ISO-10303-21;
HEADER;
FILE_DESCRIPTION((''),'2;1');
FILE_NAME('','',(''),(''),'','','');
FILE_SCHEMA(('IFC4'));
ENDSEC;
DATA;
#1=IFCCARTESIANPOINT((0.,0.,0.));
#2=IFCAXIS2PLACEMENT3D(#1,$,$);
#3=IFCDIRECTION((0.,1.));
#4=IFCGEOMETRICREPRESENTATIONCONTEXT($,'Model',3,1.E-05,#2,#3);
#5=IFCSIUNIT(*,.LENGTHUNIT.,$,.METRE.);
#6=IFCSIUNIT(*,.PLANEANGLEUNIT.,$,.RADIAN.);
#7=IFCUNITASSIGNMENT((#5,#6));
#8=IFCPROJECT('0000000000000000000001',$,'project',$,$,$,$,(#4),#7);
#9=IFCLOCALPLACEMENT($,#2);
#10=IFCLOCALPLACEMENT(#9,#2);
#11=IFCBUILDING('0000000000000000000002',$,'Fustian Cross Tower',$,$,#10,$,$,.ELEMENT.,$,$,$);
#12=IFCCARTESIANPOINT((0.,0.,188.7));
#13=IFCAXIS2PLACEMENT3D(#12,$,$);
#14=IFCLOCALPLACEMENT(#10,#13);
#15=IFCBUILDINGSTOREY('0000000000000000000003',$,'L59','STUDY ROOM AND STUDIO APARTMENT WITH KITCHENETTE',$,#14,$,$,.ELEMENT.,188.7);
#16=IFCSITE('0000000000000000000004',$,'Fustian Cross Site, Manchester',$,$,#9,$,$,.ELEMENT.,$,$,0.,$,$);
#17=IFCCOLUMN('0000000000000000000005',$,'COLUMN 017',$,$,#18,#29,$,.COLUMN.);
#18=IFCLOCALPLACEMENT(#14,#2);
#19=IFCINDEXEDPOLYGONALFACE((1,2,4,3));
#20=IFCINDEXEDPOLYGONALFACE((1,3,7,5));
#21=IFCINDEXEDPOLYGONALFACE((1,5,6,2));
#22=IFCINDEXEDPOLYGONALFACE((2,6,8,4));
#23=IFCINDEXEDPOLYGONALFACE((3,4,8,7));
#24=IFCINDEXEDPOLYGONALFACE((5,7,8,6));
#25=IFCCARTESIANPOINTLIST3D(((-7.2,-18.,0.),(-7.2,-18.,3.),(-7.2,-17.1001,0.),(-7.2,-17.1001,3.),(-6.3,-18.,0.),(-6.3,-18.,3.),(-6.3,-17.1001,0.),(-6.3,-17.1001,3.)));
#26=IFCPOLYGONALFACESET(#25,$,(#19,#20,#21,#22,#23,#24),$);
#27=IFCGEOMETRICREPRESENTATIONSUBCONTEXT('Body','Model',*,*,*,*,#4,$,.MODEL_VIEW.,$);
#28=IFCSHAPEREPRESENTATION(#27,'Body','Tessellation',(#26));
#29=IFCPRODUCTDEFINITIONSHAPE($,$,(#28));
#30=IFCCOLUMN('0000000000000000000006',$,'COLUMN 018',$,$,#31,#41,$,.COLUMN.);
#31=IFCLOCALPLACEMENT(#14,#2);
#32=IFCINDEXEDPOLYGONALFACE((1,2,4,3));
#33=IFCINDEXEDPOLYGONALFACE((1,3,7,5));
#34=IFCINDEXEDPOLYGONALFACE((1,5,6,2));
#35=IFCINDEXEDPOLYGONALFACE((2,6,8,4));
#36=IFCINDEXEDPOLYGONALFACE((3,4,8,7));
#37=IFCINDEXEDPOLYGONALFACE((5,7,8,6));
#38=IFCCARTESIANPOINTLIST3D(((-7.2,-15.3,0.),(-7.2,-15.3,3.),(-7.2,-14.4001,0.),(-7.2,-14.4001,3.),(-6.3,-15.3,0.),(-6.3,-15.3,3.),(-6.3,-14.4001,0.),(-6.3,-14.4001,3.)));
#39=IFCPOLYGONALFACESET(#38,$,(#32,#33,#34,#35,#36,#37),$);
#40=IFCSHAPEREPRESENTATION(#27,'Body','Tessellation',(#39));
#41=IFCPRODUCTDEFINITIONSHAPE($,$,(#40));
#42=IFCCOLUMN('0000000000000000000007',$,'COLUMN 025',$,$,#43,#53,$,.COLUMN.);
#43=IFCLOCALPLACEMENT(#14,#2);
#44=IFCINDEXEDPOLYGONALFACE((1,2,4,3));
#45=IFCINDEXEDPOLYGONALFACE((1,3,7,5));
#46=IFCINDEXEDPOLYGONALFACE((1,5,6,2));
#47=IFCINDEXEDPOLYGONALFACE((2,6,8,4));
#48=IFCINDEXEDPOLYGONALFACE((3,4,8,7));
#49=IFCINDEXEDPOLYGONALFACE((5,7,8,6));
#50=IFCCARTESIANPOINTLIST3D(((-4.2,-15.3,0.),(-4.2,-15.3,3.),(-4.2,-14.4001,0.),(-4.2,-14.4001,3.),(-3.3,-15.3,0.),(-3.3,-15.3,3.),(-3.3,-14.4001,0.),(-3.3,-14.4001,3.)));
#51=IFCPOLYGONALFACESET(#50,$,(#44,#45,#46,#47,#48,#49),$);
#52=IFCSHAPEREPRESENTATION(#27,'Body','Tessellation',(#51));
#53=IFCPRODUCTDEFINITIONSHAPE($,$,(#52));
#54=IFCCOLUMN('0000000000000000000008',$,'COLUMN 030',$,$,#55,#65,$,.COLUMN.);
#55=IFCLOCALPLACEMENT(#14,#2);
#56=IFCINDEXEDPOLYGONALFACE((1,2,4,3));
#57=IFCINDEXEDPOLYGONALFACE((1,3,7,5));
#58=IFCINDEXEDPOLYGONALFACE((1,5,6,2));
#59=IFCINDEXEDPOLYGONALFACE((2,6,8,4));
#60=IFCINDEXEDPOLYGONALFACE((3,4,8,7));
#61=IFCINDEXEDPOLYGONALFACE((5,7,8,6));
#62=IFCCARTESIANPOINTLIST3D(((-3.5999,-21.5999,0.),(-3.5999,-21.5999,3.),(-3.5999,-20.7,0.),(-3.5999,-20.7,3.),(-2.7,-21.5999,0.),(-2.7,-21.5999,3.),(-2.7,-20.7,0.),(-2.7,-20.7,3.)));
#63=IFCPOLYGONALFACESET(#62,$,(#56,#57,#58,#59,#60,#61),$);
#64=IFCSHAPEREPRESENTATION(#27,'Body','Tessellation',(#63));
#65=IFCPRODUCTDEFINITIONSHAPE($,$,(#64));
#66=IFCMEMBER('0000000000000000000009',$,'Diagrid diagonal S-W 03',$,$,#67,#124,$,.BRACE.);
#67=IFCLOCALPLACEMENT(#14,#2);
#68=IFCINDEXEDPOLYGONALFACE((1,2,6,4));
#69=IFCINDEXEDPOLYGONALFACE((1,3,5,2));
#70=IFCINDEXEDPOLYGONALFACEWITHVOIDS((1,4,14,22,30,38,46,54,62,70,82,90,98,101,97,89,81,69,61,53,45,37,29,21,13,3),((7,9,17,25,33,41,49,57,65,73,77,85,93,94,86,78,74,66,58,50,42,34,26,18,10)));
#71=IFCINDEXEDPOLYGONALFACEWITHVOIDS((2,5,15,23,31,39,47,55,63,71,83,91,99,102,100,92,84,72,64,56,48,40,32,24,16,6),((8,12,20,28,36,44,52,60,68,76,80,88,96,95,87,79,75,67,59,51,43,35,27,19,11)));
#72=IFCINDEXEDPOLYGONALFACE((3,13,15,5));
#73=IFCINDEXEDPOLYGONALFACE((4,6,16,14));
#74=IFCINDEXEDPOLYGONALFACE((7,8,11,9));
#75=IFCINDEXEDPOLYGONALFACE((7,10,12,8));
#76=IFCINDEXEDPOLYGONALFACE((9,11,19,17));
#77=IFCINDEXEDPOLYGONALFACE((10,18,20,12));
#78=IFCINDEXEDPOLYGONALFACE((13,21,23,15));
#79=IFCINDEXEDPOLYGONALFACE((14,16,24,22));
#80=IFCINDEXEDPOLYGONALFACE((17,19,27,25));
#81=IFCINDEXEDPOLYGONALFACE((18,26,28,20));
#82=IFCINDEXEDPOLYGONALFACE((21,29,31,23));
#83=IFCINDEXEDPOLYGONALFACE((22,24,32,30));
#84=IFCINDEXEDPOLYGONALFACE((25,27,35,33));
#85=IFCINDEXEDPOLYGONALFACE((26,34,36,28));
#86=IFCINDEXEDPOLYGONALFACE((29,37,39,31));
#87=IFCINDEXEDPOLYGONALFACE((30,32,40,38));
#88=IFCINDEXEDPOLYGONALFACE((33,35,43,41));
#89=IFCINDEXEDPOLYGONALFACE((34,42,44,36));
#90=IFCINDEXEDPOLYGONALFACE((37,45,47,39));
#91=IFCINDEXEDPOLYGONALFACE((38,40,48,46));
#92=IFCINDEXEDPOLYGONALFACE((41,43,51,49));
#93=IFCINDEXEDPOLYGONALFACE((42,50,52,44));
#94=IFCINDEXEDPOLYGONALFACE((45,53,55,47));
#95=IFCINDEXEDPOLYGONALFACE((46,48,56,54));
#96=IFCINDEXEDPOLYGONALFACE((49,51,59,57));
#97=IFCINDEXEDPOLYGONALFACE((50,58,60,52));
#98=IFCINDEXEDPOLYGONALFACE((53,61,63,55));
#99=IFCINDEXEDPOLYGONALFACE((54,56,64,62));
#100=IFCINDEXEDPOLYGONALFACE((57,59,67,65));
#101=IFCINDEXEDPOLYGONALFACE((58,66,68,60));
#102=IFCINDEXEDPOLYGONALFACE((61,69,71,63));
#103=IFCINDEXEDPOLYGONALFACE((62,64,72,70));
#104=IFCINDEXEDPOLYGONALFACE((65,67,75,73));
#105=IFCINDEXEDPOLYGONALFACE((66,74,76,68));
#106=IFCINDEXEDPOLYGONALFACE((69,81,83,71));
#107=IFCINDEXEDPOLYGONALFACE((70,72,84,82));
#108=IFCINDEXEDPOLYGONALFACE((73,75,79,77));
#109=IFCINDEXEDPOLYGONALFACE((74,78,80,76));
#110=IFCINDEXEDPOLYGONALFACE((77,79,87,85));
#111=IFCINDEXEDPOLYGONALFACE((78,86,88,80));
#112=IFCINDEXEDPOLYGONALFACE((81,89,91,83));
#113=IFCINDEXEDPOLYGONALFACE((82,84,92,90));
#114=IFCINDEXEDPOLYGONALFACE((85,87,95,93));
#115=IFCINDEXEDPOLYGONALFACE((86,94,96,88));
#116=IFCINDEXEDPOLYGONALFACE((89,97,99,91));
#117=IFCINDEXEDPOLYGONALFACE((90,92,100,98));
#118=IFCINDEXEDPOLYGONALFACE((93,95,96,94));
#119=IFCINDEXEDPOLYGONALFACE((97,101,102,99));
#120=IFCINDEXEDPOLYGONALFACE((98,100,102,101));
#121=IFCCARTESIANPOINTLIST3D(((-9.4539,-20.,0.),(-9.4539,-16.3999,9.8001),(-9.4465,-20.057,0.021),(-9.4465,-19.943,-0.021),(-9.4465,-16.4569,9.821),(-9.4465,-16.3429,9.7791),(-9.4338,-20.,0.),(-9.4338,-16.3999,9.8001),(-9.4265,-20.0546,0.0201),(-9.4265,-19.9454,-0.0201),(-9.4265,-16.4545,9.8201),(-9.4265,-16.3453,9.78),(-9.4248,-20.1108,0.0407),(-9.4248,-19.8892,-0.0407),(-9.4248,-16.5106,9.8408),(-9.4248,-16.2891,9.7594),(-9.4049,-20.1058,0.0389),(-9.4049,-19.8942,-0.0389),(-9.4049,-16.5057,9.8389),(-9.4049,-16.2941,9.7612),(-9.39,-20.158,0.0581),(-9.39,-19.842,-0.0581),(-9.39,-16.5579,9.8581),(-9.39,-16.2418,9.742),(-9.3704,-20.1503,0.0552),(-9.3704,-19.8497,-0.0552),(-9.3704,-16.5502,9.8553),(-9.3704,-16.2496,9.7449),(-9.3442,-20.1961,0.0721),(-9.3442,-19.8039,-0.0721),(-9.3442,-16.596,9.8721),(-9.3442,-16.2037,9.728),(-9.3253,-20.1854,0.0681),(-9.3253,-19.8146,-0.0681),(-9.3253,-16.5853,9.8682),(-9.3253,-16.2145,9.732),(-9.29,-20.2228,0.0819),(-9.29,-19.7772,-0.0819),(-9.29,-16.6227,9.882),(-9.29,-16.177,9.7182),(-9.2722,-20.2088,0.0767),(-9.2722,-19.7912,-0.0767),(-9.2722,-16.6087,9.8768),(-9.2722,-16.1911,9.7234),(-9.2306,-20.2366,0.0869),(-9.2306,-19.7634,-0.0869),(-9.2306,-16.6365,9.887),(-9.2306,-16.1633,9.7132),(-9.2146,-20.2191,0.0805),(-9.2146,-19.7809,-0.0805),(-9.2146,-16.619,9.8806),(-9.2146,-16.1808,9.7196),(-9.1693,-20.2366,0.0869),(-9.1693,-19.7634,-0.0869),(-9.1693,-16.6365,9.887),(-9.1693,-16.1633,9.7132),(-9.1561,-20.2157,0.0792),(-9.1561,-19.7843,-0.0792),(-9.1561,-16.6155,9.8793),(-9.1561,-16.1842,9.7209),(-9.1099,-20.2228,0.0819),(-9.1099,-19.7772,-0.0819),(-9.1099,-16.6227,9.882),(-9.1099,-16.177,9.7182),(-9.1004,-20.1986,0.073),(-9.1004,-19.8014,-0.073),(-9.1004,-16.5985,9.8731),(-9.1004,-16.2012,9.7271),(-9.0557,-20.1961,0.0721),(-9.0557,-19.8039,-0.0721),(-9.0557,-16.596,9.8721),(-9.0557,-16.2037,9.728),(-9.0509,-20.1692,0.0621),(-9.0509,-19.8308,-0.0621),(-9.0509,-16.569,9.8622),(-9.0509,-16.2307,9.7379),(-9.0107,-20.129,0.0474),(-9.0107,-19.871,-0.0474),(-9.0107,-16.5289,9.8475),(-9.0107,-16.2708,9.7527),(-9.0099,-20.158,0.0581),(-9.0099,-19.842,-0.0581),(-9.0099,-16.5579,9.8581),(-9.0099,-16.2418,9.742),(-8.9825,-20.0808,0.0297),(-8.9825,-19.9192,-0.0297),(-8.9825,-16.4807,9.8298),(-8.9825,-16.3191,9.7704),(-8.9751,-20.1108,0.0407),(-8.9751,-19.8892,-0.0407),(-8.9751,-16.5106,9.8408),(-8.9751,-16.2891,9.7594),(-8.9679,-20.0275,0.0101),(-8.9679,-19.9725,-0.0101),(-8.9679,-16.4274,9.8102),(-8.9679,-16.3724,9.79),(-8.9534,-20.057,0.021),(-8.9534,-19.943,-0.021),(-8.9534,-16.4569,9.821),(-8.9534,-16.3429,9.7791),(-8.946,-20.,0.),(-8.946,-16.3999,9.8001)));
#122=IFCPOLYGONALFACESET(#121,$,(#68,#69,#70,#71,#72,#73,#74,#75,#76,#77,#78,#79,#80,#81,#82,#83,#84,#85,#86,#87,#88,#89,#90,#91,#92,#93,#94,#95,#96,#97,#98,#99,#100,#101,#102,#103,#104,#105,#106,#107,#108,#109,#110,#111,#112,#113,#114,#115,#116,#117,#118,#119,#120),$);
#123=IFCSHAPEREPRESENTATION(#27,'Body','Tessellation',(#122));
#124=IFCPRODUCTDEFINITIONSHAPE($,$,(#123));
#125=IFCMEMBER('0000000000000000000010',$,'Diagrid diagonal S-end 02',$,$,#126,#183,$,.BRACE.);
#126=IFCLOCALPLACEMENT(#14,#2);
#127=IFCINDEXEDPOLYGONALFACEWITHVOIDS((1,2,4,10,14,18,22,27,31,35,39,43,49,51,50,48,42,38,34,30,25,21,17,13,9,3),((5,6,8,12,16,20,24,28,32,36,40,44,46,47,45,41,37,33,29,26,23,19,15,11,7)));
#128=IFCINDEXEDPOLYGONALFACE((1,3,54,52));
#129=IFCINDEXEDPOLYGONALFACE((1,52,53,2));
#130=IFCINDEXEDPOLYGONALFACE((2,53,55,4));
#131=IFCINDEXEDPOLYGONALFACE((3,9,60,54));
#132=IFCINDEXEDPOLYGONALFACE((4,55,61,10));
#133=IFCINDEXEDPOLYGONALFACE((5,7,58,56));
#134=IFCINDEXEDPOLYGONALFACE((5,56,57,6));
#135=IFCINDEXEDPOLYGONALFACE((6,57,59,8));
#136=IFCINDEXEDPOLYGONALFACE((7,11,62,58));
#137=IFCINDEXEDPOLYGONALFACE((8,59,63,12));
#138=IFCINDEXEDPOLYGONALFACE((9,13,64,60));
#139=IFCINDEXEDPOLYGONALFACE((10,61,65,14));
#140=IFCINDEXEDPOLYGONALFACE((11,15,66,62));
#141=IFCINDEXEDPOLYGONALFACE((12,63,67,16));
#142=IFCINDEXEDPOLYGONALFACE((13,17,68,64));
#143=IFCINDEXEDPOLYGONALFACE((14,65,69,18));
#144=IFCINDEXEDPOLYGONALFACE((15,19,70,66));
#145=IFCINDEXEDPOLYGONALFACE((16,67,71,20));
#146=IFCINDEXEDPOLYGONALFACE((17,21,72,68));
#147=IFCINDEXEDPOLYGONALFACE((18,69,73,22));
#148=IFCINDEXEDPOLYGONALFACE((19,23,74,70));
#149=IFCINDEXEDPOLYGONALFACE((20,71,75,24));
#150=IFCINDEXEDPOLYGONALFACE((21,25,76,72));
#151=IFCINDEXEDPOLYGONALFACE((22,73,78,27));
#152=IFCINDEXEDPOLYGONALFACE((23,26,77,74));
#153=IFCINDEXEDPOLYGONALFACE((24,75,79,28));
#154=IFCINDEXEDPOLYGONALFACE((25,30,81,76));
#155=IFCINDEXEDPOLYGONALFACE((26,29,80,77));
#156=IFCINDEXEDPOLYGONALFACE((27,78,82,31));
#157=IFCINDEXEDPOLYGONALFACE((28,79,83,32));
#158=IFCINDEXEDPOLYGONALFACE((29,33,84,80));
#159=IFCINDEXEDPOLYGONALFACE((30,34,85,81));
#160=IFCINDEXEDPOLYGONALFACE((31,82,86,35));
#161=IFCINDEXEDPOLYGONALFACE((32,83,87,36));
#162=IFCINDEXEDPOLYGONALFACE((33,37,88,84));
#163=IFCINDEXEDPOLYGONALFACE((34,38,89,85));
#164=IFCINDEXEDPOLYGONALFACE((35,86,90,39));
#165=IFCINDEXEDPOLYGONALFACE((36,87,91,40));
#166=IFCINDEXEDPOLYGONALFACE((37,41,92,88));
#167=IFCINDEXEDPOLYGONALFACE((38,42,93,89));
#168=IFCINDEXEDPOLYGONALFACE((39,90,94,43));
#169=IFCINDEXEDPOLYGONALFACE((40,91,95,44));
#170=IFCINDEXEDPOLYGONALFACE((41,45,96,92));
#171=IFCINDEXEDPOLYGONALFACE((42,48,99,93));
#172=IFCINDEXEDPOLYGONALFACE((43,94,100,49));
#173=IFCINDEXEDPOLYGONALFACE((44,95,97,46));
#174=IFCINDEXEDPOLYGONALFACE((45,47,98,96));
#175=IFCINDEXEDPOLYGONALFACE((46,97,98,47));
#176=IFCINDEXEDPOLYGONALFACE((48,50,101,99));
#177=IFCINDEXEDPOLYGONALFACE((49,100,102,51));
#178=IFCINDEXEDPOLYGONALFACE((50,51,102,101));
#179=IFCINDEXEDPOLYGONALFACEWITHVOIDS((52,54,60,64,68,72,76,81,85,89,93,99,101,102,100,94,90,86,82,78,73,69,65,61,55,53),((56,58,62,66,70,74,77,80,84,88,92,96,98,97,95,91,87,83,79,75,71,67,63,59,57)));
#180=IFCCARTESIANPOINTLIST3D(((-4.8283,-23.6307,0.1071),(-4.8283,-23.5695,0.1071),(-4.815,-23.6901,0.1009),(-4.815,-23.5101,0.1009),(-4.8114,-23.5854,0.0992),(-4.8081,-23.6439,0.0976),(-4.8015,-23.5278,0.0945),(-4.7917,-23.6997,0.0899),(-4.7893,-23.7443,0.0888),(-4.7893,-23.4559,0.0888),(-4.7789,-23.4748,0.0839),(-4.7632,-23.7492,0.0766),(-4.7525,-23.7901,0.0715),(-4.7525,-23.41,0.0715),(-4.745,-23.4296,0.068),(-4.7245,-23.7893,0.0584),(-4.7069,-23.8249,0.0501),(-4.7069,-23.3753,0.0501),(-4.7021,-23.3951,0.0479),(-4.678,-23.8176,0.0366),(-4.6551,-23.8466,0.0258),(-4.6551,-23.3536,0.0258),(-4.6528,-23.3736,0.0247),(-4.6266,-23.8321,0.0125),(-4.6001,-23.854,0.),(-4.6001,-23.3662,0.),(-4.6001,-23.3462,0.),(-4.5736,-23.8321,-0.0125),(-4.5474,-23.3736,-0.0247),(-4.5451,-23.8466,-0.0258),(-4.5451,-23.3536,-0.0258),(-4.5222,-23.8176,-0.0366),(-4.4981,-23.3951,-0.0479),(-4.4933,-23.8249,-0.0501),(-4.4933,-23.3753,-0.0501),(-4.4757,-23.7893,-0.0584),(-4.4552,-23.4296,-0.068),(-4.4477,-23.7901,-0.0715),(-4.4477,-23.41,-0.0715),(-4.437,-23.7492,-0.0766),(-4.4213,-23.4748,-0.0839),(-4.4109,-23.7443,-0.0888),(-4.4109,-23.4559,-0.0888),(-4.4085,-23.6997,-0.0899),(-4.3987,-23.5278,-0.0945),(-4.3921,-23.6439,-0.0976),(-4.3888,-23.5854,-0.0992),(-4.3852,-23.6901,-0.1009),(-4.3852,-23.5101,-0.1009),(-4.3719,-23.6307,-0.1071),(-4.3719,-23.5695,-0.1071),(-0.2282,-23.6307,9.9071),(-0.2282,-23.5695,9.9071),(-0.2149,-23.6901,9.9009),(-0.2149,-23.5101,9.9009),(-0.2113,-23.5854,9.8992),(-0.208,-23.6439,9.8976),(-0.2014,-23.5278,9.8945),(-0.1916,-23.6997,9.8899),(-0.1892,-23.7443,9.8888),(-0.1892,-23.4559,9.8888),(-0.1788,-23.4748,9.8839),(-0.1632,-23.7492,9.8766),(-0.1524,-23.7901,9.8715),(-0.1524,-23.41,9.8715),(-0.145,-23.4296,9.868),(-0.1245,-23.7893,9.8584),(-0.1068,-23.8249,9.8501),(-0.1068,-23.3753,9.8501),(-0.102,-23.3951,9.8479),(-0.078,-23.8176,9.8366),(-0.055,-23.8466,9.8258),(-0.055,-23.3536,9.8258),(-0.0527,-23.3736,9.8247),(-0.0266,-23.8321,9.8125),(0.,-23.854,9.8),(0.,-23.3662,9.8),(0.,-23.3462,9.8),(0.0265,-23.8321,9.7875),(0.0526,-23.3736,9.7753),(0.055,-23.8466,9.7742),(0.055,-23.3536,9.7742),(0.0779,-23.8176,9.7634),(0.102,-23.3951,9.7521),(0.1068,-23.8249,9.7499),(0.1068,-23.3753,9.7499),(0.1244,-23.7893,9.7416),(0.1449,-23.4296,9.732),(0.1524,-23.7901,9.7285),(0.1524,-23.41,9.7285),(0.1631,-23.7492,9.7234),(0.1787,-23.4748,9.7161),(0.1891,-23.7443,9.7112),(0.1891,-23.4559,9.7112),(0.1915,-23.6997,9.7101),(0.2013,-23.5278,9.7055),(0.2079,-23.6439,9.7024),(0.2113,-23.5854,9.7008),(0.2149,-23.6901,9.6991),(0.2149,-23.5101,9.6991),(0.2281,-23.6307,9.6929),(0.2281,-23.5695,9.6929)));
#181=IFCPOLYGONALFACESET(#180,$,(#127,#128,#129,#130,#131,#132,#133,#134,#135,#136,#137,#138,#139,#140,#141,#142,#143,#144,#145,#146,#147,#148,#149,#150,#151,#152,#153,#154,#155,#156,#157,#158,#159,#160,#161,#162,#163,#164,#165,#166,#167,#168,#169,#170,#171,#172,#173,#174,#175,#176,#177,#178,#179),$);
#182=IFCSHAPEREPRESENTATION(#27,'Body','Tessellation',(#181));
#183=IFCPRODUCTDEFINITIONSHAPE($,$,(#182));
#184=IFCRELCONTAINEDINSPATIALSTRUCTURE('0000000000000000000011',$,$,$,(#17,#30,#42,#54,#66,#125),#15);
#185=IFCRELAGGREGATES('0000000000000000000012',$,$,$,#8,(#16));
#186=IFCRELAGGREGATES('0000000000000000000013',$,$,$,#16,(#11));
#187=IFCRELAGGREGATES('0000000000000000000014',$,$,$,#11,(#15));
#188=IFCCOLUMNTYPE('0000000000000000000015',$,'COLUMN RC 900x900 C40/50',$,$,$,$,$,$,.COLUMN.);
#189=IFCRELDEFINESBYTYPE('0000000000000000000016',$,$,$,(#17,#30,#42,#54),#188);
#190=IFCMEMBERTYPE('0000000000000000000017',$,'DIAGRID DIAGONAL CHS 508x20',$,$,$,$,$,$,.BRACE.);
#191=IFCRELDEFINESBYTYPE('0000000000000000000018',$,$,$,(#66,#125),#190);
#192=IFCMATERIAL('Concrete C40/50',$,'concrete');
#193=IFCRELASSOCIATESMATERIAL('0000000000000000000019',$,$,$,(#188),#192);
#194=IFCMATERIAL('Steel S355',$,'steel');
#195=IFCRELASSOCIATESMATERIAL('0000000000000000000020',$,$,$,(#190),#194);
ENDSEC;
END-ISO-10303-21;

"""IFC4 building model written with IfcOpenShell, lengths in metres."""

from ifc_helpers import new_model, si_unit, direction, frame, origin, origin_2d, place, context, subcontext, project, spatial, rectangle, hollow_circle, extrude, material, material_profile, profile_set, type_object, element, save


model = new_model("IFC4")

# Units and contexts
model_context = context("Model", 3, precision=1e-05, world=origin(), true_north=direction((0.0, 1.0)))
body_context = subcontext(model_context, "Body", "Model", "MODEL_VIEW")
ifc_project = project(units=[si_unit("LENGTHUNIT", "METRE"), si_unit("PLANEANGLEUNIT", "RADIAN")], contexts=[model_context])

# Site, building, storey
site_placement = place(None, origin())
site = spatial("IfcSite", under=ifc_project, at=site_placement, Name="Fustian Cross Site, Manchester", CompositionType="ELEMENT", RefElevation=0.0)
building_placement = place(site_placement, origin())
building = spatial("IfcBuilding", under=site, at=building_placement, Name="Fustian Cross Tower", CompositionType="ELEMENT")
storey_placement = place(building_placement, frame((0.0, 0.0, 188.7)))
storey = spatial("IfcBuildingStorey", under=building, at=storey_placement, Name="L59", Description="STUDY ROOM AND STUDIO APARTMENT WITH KITCHENETTE", CompositionType="ELEMENT", Elevation=188.7)

# Columns
ifc_material_1 = material(Name="Concrete C40/50", Category="concrete")
ifc_material_profile_1 = material_profile(ifc_material_1, rectangle(XDim=0.8999, YDim=0.8999, at=origin_2d()), Name="RC 900x900")
ifc_profile_set_1 = profile_set([ifc_material_profile_1], Name="Concrete C40/50")
column_type = type_object("IfcColumnType", Name="COLUMN RC 900x900 C40/50", PredefinedType="COLUMN", material=ifc_profile_set_1)
for number, where, z_axis, x_axis, name in (
    (1, (-6.75, -17.55, 0.0), (0.0, 0.0, 1.0), (1.0, 0.0, 0.0), "COLUMN 017"),
    (2, (-6.75, -14.8501, 0.0), (0.0, 0.0, 1.0), (1.0, 0.0, 0.0), "COLUMN 018"),
    (3, (-3.75, -14.8501, 0.0), (0.0, 0.0, 1.0), (1.0, 0.0, 0.0), "COLUMN 025"),
    (4, (-3.1499, -21.1499, 0.0), (0.0, 0.0, 1.0), (1.0, 0.0, 0.0), "COLUMN 030"),
):
    element("IfcColumn", number, at=place(storey_placement, frame(where, z_axis=z_axis, x_axis=x_axis)), inside=storey, type_object=column_type, Name=name, PredefinedType="COLUMN", context=body_context, shape_type="SweptSolid", body=[
        extrude(rectangle(XDim=0.8999, YDim=0.8999, at=origin_2d()), origin(), (0.0, 0.0, 1.0), 3.0),
    ])

# Members
ifc_material_2 = material(Name="Steel S355", Category="steel")
ifc_material_profile_2 = material_profile(ifc_material_2, hollow_circle(Radius=0.2539, WallThickness=0.02, at=origin_2d()), Name="CHS 508x20")
ifc_profile_set_2 = profile_set([ifc_material_profile_2], Name="Steel S355")
member_type_1 = type_object("IfcMemberType", Name="DIAGRID DIAGONAL CHS 508x20", PredefinedType="BRACE", material=ifc_profile_set_2)
member_1_placement = place(storey_placement, frame((-9.2, -20.0, 0.0), z_axis=(0.0, 0.344824, 0.938667), x_axis=(-1.0, 0.0, 0.0)))
element("IfcMember", 5, at=member_1_placement, inside=storey, type_object=member_type_1, Name="Diagrid diagonal S-W 03", PredefinedType="BRACE", context=body_context, shape_type="SweptSolid", body=[
    extrude(hollow_circle(Radius=0.2539, WallThickness=0.02, at=origin_2d()), origin(), (0.0, 0.0, 1.0), 10.4404),
])
member_2_placement = place(storey_placement, frame((-4.6001, -23.6001, 0.0), z_axis=(0.424913, 0.0, 0.905234), x_axis=(0.0, 1.0, 0.0)))
element("IfcMember", 6, at=member_2_placement, inside=storey, type_object=member_type_1, Name="Diagrid diagonal S-end 02", PredefinedType="BRACE", context=body_context, shape_type="SweptSolid", body=[
    extrude(hollow_circle(Radius=0.2539, WallThickness=0.02, at=origin_2d()), origin(), (0.0, 0.0, 1.0), 10.8259),
])

save(model, "model.ifc")
